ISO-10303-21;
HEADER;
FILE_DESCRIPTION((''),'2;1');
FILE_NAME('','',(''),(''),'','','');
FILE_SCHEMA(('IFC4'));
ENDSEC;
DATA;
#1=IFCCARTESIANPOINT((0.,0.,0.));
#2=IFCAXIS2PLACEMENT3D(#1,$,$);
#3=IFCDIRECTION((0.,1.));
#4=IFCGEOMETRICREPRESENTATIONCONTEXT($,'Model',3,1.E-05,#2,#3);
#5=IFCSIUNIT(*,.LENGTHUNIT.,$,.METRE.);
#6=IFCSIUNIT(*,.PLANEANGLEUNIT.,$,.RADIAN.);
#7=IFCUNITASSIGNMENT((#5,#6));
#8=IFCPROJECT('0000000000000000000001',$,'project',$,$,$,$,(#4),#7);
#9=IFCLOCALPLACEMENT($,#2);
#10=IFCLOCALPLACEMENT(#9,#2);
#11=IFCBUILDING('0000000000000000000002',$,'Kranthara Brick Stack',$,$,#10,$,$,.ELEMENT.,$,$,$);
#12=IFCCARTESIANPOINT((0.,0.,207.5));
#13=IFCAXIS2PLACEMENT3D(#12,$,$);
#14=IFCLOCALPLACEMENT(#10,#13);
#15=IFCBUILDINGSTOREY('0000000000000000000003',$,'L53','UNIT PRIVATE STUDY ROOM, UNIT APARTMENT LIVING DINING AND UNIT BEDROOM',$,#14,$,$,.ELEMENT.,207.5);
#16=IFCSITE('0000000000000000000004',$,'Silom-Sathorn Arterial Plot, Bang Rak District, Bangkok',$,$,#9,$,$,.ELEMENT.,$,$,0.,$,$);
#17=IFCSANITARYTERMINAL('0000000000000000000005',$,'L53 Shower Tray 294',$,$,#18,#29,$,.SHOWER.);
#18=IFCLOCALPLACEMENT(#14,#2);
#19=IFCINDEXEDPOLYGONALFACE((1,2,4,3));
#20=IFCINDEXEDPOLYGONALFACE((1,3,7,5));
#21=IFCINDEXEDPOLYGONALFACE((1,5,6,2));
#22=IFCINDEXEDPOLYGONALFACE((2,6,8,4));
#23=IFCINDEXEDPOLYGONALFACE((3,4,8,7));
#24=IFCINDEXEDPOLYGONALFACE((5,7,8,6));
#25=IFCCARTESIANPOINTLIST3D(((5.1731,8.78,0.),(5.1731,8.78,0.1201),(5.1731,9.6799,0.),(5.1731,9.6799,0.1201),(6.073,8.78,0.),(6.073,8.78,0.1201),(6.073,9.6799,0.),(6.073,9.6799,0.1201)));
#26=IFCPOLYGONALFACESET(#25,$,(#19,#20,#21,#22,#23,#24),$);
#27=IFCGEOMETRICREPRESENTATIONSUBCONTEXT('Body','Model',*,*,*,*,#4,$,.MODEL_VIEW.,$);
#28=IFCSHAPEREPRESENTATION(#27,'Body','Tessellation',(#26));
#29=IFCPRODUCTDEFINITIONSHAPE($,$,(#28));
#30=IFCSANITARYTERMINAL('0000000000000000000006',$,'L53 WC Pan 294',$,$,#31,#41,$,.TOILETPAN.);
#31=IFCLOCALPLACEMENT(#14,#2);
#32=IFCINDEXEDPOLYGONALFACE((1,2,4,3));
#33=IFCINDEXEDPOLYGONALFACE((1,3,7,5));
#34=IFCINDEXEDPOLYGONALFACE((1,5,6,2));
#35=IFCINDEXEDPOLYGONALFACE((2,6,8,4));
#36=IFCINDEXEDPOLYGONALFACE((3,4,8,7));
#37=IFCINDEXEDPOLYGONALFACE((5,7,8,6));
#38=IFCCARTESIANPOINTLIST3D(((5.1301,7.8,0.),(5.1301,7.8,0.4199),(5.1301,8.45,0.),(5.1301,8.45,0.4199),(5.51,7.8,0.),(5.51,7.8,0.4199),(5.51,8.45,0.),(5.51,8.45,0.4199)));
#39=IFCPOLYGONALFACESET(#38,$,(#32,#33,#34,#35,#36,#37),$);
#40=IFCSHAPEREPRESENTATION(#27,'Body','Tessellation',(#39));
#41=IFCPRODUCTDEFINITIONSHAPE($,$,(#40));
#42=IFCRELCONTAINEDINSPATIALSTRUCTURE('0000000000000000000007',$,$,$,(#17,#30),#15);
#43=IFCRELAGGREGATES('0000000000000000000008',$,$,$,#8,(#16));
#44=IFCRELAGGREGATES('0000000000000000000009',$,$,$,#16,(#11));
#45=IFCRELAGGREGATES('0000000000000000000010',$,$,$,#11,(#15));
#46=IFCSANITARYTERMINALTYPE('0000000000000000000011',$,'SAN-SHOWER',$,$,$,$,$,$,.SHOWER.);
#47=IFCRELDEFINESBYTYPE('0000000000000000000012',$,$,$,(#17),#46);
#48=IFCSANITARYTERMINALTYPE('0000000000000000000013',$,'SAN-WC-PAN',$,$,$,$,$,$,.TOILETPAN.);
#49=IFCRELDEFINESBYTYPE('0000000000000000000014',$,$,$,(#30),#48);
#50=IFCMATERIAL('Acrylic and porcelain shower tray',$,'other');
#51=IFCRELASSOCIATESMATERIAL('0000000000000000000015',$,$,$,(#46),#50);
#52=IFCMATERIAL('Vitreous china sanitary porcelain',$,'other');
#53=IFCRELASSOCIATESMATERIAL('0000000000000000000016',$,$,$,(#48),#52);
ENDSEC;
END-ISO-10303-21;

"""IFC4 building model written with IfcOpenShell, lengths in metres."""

from ifc_helpers import new_model, si_unit, direction, frame, origin, origin_2d, place, context, subcontext, project, spatial, rectangle, extrude, material, type_object, element, save


model = new_model("IFC4")

# Units and contexts
model_context = context("Model", 3, precision=1e-05, world=origin(), true_north=direction((0.0, 1.0)))
body_context = subcontext(model_context, "Body", "Model", "MODEL_VIEW")
ifc_project = project(units=[si_unit("LENGTHUNIT", "METRE"), si_unit("PLANEANGLEUNIT", "RADIAN")], contexts=[model_context])

# Site, building, storey
site_placement = place(None, origin())
site = spatial("IfcSite", under=ifc_project, at=site_placement, Name="Silom-Sathorn Arterial Plot, Bang Rak District, Bangkok", CompositionType="ELEMENT", RefElevation=0.0)
building_placement = place(site_placement, origin())
building = spatial("IfcBuilding", under=site, at=building_placement, Name="Kranthara Brick Stack", CompositionType="ELEMENT")
storey_placement = place(building_placement, frame((0.0, 0.0, 207.5)))
storey = spatial("IfcBuildingStorey", under=building, at=storey_placement, Name="L53", Description="UNIT PRIVATE STUDY ROOM, UNIT APARTMENT LIVING DINING AND UNIT BEDROOM", CompositionType="ELEMENT", Elevation=207.5)

# Sanitary terminals
ifc_material_1 = material(Name="Acrylic and porcelain shower tray", Category="other")
sanitary_terminal_type_1 = type_object("IfcSanitaryTerminalType", Name="SAN-SHOWER", PredefinedType="SHOWER", material=ifc_material_1)
sanitary_terminal_1_placement = place(storey_placement, frame((5.623, 9.23, 0.0), z_axis=(0.0, 0.0, 1.0), x_axis=(1.0, 0.0, 0.0)))
element("IfcSanitaryTerminal", 1, at=sanitary_terminal_1_placement, inside=storey, type_object=sanitary_terminal_type_1, Name="L53 Shower Tray 294", PredefinedType="SHOWER", context=body_context, shape_type="SweptSolid", body=[
    extrude(rectangle(XDim=0.8999, YDim=0.8999, at=origin_2d()), origin(), (0.0, 0.0, 1.0), 0.1201),
])
ifc_material_2 = material(Name="Vitreous china sanitary porcelain", Category="other")
sanitary_terminal_type_2 = type_object("IfcSanitaryTerminalType", Name="SAN-WC-PAN", PredefinedType="TOILETPAN", material=ifc_material_2)
sanitary_terminal_2_placement = place(storey_placement, frame((5.3201, 8.125, 0.0), z_axis=(0.0, 0.0, 1.0), x_axis=(1.0, 0.0, 0.0)))
element("IfcSanitaryTerminal", 2, at=sanitary_terminal_2_placement, inside=storey, type_object=sanitary_terminal_type_2, Name="L53 WC Pan 294", PredefinedType="TOILETPAN", context=body_context, shape_type="SweptSolid", body=[
    extrude(rectangle(XDim=0.3799, YDim=0.6499, at=origin_2d()), origin(), (0.0, 0.0, 1.0), 0.4199),
])

save(model, "model.ifc")
